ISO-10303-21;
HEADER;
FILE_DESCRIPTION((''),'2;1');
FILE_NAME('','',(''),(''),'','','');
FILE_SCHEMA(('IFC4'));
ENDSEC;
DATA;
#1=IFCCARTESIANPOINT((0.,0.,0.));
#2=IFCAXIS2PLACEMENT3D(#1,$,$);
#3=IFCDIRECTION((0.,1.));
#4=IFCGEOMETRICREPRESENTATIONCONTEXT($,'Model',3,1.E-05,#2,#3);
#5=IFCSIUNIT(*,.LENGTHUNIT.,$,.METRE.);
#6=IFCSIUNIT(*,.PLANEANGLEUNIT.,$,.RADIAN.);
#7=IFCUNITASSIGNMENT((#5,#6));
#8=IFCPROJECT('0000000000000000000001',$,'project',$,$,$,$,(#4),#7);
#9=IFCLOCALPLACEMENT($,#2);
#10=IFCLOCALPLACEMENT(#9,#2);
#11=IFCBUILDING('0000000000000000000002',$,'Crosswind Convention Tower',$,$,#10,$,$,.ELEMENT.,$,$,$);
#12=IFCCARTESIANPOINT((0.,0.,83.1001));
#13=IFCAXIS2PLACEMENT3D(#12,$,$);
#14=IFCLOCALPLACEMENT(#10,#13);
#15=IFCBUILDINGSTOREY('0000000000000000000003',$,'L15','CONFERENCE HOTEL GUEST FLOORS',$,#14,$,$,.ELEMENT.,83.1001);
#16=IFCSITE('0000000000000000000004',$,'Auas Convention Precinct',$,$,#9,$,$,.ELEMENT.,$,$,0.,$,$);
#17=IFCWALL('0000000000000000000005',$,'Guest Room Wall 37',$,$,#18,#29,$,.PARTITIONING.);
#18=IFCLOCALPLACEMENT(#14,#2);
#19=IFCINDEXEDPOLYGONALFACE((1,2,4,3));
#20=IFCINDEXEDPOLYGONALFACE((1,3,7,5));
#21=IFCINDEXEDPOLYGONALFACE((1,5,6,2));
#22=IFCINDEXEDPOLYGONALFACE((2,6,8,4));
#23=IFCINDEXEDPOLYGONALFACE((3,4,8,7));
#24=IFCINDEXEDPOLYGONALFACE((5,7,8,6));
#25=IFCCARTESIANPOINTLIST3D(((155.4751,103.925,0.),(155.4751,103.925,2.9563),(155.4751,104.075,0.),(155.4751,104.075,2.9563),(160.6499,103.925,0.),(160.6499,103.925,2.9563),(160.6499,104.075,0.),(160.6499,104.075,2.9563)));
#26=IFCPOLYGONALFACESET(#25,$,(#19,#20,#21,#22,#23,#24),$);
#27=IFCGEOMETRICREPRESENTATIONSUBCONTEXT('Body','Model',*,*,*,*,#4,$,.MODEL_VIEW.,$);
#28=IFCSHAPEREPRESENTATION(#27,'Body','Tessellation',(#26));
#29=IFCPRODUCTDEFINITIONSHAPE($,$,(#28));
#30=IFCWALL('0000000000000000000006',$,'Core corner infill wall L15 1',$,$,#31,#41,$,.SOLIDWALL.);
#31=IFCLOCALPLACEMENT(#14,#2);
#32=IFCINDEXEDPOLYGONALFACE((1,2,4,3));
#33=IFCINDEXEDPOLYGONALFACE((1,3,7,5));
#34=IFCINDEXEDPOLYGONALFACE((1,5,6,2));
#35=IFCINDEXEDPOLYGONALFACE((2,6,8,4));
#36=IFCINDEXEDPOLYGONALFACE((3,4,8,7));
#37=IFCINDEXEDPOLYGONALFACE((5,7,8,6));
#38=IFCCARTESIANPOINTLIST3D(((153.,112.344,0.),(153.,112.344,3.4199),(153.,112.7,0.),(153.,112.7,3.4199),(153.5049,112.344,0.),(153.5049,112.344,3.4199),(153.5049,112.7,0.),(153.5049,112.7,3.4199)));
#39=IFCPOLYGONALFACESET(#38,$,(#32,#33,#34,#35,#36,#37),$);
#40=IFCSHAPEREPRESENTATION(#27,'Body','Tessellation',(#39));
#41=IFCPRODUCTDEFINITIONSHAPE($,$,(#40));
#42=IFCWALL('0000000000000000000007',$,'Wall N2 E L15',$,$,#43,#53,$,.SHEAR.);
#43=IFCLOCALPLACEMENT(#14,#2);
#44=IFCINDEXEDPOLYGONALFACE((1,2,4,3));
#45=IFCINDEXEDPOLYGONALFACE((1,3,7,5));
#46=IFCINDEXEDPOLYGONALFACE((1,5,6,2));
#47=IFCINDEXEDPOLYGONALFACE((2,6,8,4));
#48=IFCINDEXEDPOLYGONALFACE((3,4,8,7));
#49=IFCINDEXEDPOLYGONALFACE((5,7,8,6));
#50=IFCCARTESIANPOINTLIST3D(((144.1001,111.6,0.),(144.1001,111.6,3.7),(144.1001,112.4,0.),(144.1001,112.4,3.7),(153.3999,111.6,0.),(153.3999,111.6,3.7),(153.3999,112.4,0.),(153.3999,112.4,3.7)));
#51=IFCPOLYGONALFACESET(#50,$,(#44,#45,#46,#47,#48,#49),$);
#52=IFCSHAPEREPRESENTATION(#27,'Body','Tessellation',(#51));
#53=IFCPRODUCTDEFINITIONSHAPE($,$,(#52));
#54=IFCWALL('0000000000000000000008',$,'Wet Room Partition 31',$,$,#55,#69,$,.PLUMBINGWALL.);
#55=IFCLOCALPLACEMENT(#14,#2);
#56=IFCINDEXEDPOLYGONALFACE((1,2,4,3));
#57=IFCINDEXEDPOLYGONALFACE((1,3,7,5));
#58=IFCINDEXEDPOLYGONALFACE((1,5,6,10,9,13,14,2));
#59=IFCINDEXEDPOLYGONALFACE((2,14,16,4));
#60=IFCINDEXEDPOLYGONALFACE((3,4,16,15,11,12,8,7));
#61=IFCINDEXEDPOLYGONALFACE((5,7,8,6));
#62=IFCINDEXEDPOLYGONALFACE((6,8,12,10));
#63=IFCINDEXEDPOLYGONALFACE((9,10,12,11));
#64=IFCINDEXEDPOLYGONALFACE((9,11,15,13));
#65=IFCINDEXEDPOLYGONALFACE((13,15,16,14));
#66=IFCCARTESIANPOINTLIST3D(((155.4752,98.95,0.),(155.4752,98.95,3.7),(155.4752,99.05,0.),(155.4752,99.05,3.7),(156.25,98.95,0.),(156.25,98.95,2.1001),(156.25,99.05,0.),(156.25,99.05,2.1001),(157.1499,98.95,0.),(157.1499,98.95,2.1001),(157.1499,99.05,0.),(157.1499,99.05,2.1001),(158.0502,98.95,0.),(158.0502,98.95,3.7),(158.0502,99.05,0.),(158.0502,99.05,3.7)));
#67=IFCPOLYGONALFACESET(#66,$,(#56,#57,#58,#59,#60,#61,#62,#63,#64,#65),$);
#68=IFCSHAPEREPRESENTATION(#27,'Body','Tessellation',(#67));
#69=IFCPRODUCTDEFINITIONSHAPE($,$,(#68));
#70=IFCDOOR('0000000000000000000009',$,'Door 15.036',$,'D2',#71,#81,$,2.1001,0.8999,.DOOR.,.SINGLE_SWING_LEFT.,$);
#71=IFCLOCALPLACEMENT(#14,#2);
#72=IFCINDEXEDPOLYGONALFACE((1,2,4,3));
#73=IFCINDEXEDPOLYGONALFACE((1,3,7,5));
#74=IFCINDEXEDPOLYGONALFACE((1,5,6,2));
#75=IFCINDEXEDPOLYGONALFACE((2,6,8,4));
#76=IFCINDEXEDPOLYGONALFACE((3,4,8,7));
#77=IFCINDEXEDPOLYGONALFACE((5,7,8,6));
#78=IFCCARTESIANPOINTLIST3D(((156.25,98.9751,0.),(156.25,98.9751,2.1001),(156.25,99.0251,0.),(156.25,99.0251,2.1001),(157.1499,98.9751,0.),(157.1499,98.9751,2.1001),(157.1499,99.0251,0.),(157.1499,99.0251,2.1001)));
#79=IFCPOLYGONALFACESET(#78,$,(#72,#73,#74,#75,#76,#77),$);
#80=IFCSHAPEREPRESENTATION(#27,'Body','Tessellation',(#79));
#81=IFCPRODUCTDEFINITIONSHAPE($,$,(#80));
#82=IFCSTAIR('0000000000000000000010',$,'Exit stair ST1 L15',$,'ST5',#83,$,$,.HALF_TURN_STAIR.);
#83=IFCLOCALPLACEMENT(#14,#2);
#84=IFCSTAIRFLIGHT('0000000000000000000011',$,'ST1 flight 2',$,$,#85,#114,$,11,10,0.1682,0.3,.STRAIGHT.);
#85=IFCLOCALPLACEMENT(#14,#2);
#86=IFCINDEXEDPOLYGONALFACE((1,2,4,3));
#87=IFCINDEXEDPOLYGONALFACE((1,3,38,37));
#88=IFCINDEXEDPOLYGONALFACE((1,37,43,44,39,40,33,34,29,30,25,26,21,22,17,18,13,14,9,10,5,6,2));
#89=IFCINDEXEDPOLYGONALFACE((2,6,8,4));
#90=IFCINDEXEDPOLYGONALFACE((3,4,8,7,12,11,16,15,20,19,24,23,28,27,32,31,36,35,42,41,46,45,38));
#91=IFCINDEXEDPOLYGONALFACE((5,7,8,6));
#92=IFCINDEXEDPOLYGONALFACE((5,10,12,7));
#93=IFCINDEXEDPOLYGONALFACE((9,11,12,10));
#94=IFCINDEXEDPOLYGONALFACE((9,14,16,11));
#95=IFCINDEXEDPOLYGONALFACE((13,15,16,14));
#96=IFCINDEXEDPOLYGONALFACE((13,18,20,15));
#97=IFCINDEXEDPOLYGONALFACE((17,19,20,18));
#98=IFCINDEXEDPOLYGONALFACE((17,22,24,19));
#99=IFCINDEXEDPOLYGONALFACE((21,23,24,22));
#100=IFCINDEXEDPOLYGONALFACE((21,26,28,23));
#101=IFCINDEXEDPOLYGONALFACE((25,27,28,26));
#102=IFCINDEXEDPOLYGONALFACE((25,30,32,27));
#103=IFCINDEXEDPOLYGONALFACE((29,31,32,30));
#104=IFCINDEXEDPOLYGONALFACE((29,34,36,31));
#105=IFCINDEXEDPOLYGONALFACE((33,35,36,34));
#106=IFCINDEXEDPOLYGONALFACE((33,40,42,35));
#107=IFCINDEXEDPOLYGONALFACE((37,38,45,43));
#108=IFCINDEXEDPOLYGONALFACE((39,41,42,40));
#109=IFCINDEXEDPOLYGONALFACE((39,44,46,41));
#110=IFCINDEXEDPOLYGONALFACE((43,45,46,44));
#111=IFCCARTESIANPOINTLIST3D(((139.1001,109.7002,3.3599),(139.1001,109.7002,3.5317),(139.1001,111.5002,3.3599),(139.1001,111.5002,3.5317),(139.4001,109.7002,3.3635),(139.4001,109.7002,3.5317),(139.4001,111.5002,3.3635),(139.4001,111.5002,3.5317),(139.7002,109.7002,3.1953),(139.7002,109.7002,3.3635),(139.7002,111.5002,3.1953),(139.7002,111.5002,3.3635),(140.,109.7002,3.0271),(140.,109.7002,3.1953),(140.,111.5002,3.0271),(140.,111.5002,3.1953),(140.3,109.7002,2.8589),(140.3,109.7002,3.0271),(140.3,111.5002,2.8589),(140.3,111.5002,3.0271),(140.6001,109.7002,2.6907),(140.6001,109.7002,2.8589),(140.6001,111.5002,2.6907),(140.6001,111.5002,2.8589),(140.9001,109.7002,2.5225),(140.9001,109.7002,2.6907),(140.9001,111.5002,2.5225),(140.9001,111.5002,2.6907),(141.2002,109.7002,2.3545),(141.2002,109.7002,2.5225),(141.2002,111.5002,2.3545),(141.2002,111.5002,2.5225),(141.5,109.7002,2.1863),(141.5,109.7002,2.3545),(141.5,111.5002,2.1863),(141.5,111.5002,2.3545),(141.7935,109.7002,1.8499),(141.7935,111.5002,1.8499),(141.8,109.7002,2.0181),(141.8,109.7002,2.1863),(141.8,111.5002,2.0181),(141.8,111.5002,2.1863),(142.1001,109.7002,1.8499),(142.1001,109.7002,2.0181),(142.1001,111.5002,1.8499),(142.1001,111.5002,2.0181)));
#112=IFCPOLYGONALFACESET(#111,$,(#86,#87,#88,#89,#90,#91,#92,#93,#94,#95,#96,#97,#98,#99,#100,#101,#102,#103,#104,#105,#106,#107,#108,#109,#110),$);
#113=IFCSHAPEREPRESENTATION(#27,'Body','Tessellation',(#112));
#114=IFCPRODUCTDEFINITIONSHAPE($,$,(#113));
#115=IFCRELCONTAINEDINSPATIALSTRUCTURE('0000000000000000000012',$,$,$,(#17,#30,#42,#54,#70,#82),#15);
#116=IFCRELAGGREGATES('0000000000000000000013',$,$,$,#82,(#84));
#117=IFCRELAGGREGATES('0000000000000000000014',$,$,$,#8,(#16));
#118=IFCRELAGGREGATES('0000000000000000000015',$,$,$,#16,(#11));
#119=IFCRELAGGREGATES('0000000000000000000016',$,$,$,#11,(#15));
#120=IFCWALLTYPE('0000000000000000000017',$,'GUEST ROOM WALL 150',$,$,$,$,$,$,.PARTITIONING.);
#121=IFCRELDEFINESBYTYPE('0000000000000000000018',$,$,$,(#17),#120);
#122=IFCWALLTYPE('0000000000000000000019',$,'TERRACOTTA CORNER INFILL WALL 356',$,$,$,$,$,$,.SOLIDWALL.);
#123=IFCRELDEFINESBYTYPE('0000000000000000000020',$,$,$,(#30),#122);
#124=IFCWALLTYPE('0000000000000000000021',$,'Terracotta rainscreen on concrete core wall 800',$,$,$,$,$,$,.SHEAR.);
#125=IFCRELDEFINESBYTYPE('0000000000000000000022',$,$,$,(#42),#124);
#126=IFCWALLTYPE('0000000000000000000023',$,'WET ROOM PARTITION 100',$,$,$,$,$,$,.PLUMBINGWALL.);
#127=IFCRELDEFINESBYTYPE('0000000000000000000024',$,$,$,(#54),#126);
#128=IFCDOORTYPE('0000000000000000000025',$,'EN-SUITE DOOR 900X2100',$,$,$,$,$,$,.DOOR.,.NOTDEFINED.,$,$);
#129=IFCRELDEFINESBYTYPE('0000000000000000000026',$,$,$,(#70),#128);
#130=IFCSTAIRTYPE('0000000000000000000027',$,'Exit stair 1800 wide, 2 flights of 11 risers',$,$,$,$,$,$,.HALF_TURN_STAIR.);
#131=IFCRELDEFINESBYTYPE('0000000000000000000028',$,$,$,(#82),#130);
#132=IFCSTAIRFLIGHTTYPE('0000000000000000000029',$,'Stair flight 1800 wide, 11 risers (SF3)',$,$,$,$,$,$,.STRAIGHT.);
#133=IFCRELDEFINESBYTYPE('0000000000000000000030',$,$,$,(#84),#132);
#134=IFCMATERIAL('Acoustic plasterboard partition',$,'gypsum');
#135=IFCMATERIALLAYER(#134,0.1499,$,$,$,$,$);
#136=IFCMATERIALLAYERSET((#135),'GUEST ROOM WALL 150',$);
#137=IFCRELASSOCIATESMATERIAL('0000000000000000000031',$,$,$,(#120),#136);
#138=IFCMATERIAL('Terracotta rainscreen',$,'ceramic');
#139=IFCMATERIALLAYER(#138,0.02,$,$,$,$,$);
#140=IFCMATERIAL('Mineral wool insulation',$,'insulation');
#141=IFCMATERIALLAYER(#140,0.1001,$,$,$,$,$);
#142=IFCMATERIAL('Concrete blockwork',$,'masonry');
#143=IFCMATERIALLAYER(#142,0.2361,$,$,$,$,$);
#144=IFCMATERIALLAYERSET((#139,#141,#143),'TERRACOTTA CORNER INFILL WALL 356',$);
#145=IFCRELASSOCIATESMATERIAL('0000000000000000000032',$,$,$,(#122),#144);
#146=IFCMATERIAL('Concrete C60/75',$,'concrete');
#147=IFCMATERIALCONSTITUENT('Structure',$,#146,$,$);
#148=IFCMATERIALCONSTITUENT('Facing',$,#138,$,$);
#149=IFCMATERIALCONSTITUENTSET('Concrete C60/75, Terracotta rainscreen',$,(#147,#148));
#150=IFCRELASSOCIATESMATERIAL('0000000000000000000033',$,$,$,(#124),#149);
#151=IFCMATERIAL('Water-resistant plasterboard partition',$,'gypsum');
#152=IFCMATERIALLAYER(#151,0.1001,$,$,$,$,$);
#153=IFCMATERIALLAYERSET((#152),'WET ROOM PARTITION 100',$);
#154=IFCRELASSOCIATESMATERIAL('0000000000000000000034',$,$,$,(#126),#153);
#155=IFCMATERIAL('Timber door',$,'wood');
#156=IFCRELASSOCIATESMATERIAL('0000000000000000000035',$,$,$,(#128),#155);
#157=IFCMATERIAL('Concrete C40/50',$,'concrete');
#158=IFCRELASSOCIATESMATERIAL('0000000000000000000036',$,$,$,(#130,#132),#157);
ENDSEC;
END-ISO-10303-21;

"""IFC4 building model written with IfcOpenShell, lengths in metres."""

from ifc_helpers import new_model, si_unit, direction, frame, frame_2d, origin, place, context, subcontext, project, spatial, polyline, rectangle, outline, extrude, material, layer, layer_set, constituent, constituent_set, type_object, element, fill, aggregate, save


model = new_model("IFC4")

# Units and contexts
model_context = context("Model", 3, precision=1e-05, world=origin(), true_north=direction((0.0, 1.0)))
body_context = subcontext(model_context, "Body", "Model", "MODEL_VIEW")
ifc_project = project(units=[si_unit("LENGTHUNIT", "METRE"), si_unit("PLANEANGLEUNIT", "RADIAN")], contexts=[model_context])

# Site, building, storey
site_placement = place(None, origin())
site = spatial("IfcSite", under=ifc_project, at=site_placement, Name="Auas Convention Precinct", CompositionType="ELEMENT", RefElevation=0.0)
building_placement = place(site_placement, origin())
building = spatial("IfcBuilding", under=site, at=building_placement, Name="Crosswind Convention Tower", CompositionType="ELEMENT")
storey_placement = place(building_placement, frame((0.0, 0.0, 83.1001)))
storey = spatial("IfcBuildingStorey", under=building, at=storey_placement, Name="L15", Description="CONFERENCE HOTEL GUEST FLOORS", CompositionType="ELEMENT", Elevation=83.1001)

# Shared definitions
ifc_material_1 = material(Name="Timber door", Category="wood")

# Walls
ifc_material_2 = material(Name="Acoustic plasterboard partition", Category="gypsum")
ifc_layer_1 = layer(ifc_material_2, 0.1499)
ifc_layer_set_1 = layer_set([ifc_layer_1], Name="GUEST ROOM WALL 150")
wall_type_1 = type_object("IfcWallType", Name="GUEST ROOM WALL 150", PredefinedType="PARTITIONING", material=ifc_layer_set_1)
wall_1_placement = place(storey_placement, frame((155.4751, 104.0, 0.0), z_axis=(0.0, 0.0, 1.0), x_axis=(1.0, 0.0, 0.0)))
element("IfcWall", 1, at=wall_1_placement, inside=storey, type_object=wall_type_1, Name="Guest Room Wall 37", PredefinedType="PARTITIONING", context=body_context, shape_type="SweptSolid", body=[
    extrude(rectangle(XDim=5.1748, YDim=0.1499, at=frame_2d((2.5874, 0.0))), origin(), (0.0, 0.0, 1.0), 2.9563),
])
ifc_material_3 = material(Name="Terracotta rainscreen", Category="ceramic")
ifc_layer_2 = layer(ifc_material_3, 0.02)
ifc_material_4 = material(Name="Mineral wool insulation", Category="insulation")
ifc_layer_3 = layer(ifc_material_4, 0.1001)
ifc_material_5 = material(Name="Concrete blockwork", Category="masonry")
ifc_layer_4 = layer(ifc_material_5, 0.2361)
ifc_layer_set_2 = layer_set([ifc_layer_2, ifc_layer_3, ifc_layer_4], Name="TERRACOTTA CORNER INFILL WALL 356")
wall_type_2 = type_object("IfcWallType", Name="TERRACOTTA CORNER INFILL WALL 356", PredefinedType="SOLIDWALL", material=ifc_layer_set_2)
wall_2_placement = place(storey_placement, frame((153.0, 112.522, 0.0), z_axis=(0.0, 0.0, 1.0), x_axis=(1.0, 0.0, 0.0)))
element("IfcWall", 2, at=wall_2_placement, inside=storey, type_object=wall_type_2, Name="Core corner infill wall L15 1", PredefinedType="SOLIDWALL", context=body_context, shape_type="SweptSolid", body=[
    extrude(rectangle(XDim=0.5049, YDim=0.356, at=frame_2d((0.2524, 0.0))), origin(), (0.0, 0.0, 1.0), 3.4199),
])
ifc_material_6 = material(Name="Concrete C60/75", Category="concrete")
ifc_constituent_1 = constituent(ifc_material_6, Name="Structure")
ifc_constituent_2 = constituent(ifc_material_3, Name="Facing")
ifc_constituent_set = constituent_set(constituents=[ifc_constituent_1, ifc_constituent_2], Name="Concrete C60/75, Terracotta rainscreen")
wall_type_3 = type_object("IfcWallType", Name="Terracotta rainscreen on concrete core wall 800", PredefinedType="SHEAR", material=ifc_constituent_set)
wall_3_placement = place(storey_placement, frame((144.1001, 112.0, 0.0), z_axis=(0.0, 0.0, 1.0), x_axis=(1.0, 0.0, 0.0)))
element("IfcWall", 3, at=wall_3_placement, inside=storey, type_object=wall_type_3, Name="Wall N2 E L15", PredefinedType="SHEAR", context=body_context, shape_type="SweptSolid", body=[
    extrude(rectangle(XDim=9.2998, YDim=0.8, at=frame_2d((4.6499, 0.0))), origin(), (0.0, 0.0, 1.0), 3.7),
])

# Wall, opening, door
ifc_material_7 = material(Name="Water-resistant plasterboard partition", Category="gypsum")
ifc_layer_5 = layer(ifc_material_7, 0.1001)
ifc_layer_set_3 = layer_set([ifc_layer_5], Name="WET ROOM PARTITION 100")
wall_type_4 = type_object("IfcWallType", Name="WET ROOM PARTITION 100", PredefinedType="PLUMBINGWALL", material=ifc_layer_set_3)
wall_4_placement = place(storey_placement, frame((155.4751, 99.0, 0.0), z_axis=(0.0, 0.0, 1.0), x_axis=(1.0, 0.0, 0.0)))
wall_4 = element("IfcWall", 4, at=wall_4_placement, inside=storey, type_object=wall_type_4, Name="Wet Room Partition 31", PredefinedType="PLUMBINGWALL", context=body_context, shape_type="SweptSolid", body=[
    extrude(rectangle(XDim=2.575, YDim=0.1001, at=frame_2d((1.2876, 0.0))), origin(), (0.0, 0.0, 1.0), 3.7),
])
opening_1_placement = place(wall_4_placement, frame((0.7749, 0.0, 0.0)))
opening_1 = element("IfcOpeningElement", 5, at=opening_1_placement, cuts=wall_4, PredefinedType="OPENING", context=body_context, shape_type="SweptSolid", body=[
    extrude(rectangle(XDim=0.8999, YDim=2.1001, at=frame_2d((0.45, 1.05))), frame((0.0, 0.0601, 0.0), z_axis=(0.0, -1.0, 0.0), x_axis=(1.0, 0.0, 0.0)), (0.0, 0.0, 1.0), 0.1201),
])
door_type_1 = type_object("IfcDoorType", Name="EN-SUITE DOOR 900X2100", OperationType="NOTDEFINED", PredefinedType="DOOR", material=ifc_material_1)
door_1_placement = place(opening_1_placement, frame((0.8999, 0.0, 0.0), z_axis=(0.0, 0.0, 1.0), x_axis=(-1.0, 0.0, 0.0)))
door_1 = element("IfcDoor", 6, at=door_1_placement, inside=storey, type_object=door_type_1, Name="Door 15.036", ObjectType="D2", OperationType="SINGLE_SWING_LEFT", OverallHeight=2.1001, OverallWidth=0.8999, PredefinedType="DOOR", context=body_context, shape_type="SweptSolid", body=[
    extrude(rectangle(XDim=0.8999, YDim=2.1001, at=frame_2d((0.45, 1.05))), frame((0.0, 0.0249, 0.0), z_axis=(0.0, -1.0, 0.0), x_axis=(1.0, 0.0, 0.0)), (0.0, 0.0, 1.0), 0.05),
])
fill(opening_1, door_1)

# Stair, stair flight
ifc_material_8 = material(Name="Concrete C40/50", Category="concrete")
stair_type = type_object("IfcStairType", Name="Exit stair 1800 wide, 2 flights of 11 risers", PredefinedType="HALF_TURN_STAIR", material=ifc_material_8)
stair_placement = place(storey_placement, origin())
stair = element("IfcStair", 7, at=stair_placement, inside=storey, type_object=stair_type, Name="Exit stair ST1 L15", ObjectType="ST5", PredefinedType="HALF_TURN_STAIR")
stair_flight_type = type_object("IfcStairFlightType", Name="Stair flight 1800 wide, 11 risers (SF3)", PredefinedType="STRAIGHT", material=ifc_material_8)
stair_flight_placement = place(storey_placement, frame((142.1001, 110.6001, 1.8499), z_axis=(0.0, 0.0, 1.0), x_axis=(-1.0, 0.0, 0.0)))
stair_flight = element("IfcStairFlight", 8, at=stair_flight_placement, type_object=stair_flight_type, Name="ST1 flight 2", NumberOfRisers=11, NumberOfTreads=10, PredefinedType="STRAIGHT", RiserHeight=0.1682, TreadLength=0.3, context=body_context, shape_type="SweptSolid", body=[
    extrude(outline(polyline([(0.0, 0.0), (0.0, 0.1682), (0.3, 0.1682), (0.3, 0.3364), (0.6001, 0.3364), (0.6001, 0.5046), (0.8999, 0.5046), (0.8999, 0.6726), (1.2, 0.6726), (1.2, 0.8408), (1.5, 0.8408), (1.5, 1.009), (1.8, 1.009), (1.8, 1.1772), (2.1001, 1.1772), (2.1001, 1.3455), (2.3999, 1.3455), (2.3999, 1.5137), (2.7, 1.5137), (2.7, 1.6819), (3.0, 1.6819), (3.0, 1.8501), (3.0, 1.51), (0.3066, 0.0), (0.0, 0.0)])), frame((0.0, 0.8999, 0.0), z_axis=(0.0, -1.0, 0.0), x_axis=(1.0, 0.0, 0.0)), (0.0, 0.0, 1.0), 1.8),
])
aggregate(stair, [stair_flight])

save(model, "model.ifc")
